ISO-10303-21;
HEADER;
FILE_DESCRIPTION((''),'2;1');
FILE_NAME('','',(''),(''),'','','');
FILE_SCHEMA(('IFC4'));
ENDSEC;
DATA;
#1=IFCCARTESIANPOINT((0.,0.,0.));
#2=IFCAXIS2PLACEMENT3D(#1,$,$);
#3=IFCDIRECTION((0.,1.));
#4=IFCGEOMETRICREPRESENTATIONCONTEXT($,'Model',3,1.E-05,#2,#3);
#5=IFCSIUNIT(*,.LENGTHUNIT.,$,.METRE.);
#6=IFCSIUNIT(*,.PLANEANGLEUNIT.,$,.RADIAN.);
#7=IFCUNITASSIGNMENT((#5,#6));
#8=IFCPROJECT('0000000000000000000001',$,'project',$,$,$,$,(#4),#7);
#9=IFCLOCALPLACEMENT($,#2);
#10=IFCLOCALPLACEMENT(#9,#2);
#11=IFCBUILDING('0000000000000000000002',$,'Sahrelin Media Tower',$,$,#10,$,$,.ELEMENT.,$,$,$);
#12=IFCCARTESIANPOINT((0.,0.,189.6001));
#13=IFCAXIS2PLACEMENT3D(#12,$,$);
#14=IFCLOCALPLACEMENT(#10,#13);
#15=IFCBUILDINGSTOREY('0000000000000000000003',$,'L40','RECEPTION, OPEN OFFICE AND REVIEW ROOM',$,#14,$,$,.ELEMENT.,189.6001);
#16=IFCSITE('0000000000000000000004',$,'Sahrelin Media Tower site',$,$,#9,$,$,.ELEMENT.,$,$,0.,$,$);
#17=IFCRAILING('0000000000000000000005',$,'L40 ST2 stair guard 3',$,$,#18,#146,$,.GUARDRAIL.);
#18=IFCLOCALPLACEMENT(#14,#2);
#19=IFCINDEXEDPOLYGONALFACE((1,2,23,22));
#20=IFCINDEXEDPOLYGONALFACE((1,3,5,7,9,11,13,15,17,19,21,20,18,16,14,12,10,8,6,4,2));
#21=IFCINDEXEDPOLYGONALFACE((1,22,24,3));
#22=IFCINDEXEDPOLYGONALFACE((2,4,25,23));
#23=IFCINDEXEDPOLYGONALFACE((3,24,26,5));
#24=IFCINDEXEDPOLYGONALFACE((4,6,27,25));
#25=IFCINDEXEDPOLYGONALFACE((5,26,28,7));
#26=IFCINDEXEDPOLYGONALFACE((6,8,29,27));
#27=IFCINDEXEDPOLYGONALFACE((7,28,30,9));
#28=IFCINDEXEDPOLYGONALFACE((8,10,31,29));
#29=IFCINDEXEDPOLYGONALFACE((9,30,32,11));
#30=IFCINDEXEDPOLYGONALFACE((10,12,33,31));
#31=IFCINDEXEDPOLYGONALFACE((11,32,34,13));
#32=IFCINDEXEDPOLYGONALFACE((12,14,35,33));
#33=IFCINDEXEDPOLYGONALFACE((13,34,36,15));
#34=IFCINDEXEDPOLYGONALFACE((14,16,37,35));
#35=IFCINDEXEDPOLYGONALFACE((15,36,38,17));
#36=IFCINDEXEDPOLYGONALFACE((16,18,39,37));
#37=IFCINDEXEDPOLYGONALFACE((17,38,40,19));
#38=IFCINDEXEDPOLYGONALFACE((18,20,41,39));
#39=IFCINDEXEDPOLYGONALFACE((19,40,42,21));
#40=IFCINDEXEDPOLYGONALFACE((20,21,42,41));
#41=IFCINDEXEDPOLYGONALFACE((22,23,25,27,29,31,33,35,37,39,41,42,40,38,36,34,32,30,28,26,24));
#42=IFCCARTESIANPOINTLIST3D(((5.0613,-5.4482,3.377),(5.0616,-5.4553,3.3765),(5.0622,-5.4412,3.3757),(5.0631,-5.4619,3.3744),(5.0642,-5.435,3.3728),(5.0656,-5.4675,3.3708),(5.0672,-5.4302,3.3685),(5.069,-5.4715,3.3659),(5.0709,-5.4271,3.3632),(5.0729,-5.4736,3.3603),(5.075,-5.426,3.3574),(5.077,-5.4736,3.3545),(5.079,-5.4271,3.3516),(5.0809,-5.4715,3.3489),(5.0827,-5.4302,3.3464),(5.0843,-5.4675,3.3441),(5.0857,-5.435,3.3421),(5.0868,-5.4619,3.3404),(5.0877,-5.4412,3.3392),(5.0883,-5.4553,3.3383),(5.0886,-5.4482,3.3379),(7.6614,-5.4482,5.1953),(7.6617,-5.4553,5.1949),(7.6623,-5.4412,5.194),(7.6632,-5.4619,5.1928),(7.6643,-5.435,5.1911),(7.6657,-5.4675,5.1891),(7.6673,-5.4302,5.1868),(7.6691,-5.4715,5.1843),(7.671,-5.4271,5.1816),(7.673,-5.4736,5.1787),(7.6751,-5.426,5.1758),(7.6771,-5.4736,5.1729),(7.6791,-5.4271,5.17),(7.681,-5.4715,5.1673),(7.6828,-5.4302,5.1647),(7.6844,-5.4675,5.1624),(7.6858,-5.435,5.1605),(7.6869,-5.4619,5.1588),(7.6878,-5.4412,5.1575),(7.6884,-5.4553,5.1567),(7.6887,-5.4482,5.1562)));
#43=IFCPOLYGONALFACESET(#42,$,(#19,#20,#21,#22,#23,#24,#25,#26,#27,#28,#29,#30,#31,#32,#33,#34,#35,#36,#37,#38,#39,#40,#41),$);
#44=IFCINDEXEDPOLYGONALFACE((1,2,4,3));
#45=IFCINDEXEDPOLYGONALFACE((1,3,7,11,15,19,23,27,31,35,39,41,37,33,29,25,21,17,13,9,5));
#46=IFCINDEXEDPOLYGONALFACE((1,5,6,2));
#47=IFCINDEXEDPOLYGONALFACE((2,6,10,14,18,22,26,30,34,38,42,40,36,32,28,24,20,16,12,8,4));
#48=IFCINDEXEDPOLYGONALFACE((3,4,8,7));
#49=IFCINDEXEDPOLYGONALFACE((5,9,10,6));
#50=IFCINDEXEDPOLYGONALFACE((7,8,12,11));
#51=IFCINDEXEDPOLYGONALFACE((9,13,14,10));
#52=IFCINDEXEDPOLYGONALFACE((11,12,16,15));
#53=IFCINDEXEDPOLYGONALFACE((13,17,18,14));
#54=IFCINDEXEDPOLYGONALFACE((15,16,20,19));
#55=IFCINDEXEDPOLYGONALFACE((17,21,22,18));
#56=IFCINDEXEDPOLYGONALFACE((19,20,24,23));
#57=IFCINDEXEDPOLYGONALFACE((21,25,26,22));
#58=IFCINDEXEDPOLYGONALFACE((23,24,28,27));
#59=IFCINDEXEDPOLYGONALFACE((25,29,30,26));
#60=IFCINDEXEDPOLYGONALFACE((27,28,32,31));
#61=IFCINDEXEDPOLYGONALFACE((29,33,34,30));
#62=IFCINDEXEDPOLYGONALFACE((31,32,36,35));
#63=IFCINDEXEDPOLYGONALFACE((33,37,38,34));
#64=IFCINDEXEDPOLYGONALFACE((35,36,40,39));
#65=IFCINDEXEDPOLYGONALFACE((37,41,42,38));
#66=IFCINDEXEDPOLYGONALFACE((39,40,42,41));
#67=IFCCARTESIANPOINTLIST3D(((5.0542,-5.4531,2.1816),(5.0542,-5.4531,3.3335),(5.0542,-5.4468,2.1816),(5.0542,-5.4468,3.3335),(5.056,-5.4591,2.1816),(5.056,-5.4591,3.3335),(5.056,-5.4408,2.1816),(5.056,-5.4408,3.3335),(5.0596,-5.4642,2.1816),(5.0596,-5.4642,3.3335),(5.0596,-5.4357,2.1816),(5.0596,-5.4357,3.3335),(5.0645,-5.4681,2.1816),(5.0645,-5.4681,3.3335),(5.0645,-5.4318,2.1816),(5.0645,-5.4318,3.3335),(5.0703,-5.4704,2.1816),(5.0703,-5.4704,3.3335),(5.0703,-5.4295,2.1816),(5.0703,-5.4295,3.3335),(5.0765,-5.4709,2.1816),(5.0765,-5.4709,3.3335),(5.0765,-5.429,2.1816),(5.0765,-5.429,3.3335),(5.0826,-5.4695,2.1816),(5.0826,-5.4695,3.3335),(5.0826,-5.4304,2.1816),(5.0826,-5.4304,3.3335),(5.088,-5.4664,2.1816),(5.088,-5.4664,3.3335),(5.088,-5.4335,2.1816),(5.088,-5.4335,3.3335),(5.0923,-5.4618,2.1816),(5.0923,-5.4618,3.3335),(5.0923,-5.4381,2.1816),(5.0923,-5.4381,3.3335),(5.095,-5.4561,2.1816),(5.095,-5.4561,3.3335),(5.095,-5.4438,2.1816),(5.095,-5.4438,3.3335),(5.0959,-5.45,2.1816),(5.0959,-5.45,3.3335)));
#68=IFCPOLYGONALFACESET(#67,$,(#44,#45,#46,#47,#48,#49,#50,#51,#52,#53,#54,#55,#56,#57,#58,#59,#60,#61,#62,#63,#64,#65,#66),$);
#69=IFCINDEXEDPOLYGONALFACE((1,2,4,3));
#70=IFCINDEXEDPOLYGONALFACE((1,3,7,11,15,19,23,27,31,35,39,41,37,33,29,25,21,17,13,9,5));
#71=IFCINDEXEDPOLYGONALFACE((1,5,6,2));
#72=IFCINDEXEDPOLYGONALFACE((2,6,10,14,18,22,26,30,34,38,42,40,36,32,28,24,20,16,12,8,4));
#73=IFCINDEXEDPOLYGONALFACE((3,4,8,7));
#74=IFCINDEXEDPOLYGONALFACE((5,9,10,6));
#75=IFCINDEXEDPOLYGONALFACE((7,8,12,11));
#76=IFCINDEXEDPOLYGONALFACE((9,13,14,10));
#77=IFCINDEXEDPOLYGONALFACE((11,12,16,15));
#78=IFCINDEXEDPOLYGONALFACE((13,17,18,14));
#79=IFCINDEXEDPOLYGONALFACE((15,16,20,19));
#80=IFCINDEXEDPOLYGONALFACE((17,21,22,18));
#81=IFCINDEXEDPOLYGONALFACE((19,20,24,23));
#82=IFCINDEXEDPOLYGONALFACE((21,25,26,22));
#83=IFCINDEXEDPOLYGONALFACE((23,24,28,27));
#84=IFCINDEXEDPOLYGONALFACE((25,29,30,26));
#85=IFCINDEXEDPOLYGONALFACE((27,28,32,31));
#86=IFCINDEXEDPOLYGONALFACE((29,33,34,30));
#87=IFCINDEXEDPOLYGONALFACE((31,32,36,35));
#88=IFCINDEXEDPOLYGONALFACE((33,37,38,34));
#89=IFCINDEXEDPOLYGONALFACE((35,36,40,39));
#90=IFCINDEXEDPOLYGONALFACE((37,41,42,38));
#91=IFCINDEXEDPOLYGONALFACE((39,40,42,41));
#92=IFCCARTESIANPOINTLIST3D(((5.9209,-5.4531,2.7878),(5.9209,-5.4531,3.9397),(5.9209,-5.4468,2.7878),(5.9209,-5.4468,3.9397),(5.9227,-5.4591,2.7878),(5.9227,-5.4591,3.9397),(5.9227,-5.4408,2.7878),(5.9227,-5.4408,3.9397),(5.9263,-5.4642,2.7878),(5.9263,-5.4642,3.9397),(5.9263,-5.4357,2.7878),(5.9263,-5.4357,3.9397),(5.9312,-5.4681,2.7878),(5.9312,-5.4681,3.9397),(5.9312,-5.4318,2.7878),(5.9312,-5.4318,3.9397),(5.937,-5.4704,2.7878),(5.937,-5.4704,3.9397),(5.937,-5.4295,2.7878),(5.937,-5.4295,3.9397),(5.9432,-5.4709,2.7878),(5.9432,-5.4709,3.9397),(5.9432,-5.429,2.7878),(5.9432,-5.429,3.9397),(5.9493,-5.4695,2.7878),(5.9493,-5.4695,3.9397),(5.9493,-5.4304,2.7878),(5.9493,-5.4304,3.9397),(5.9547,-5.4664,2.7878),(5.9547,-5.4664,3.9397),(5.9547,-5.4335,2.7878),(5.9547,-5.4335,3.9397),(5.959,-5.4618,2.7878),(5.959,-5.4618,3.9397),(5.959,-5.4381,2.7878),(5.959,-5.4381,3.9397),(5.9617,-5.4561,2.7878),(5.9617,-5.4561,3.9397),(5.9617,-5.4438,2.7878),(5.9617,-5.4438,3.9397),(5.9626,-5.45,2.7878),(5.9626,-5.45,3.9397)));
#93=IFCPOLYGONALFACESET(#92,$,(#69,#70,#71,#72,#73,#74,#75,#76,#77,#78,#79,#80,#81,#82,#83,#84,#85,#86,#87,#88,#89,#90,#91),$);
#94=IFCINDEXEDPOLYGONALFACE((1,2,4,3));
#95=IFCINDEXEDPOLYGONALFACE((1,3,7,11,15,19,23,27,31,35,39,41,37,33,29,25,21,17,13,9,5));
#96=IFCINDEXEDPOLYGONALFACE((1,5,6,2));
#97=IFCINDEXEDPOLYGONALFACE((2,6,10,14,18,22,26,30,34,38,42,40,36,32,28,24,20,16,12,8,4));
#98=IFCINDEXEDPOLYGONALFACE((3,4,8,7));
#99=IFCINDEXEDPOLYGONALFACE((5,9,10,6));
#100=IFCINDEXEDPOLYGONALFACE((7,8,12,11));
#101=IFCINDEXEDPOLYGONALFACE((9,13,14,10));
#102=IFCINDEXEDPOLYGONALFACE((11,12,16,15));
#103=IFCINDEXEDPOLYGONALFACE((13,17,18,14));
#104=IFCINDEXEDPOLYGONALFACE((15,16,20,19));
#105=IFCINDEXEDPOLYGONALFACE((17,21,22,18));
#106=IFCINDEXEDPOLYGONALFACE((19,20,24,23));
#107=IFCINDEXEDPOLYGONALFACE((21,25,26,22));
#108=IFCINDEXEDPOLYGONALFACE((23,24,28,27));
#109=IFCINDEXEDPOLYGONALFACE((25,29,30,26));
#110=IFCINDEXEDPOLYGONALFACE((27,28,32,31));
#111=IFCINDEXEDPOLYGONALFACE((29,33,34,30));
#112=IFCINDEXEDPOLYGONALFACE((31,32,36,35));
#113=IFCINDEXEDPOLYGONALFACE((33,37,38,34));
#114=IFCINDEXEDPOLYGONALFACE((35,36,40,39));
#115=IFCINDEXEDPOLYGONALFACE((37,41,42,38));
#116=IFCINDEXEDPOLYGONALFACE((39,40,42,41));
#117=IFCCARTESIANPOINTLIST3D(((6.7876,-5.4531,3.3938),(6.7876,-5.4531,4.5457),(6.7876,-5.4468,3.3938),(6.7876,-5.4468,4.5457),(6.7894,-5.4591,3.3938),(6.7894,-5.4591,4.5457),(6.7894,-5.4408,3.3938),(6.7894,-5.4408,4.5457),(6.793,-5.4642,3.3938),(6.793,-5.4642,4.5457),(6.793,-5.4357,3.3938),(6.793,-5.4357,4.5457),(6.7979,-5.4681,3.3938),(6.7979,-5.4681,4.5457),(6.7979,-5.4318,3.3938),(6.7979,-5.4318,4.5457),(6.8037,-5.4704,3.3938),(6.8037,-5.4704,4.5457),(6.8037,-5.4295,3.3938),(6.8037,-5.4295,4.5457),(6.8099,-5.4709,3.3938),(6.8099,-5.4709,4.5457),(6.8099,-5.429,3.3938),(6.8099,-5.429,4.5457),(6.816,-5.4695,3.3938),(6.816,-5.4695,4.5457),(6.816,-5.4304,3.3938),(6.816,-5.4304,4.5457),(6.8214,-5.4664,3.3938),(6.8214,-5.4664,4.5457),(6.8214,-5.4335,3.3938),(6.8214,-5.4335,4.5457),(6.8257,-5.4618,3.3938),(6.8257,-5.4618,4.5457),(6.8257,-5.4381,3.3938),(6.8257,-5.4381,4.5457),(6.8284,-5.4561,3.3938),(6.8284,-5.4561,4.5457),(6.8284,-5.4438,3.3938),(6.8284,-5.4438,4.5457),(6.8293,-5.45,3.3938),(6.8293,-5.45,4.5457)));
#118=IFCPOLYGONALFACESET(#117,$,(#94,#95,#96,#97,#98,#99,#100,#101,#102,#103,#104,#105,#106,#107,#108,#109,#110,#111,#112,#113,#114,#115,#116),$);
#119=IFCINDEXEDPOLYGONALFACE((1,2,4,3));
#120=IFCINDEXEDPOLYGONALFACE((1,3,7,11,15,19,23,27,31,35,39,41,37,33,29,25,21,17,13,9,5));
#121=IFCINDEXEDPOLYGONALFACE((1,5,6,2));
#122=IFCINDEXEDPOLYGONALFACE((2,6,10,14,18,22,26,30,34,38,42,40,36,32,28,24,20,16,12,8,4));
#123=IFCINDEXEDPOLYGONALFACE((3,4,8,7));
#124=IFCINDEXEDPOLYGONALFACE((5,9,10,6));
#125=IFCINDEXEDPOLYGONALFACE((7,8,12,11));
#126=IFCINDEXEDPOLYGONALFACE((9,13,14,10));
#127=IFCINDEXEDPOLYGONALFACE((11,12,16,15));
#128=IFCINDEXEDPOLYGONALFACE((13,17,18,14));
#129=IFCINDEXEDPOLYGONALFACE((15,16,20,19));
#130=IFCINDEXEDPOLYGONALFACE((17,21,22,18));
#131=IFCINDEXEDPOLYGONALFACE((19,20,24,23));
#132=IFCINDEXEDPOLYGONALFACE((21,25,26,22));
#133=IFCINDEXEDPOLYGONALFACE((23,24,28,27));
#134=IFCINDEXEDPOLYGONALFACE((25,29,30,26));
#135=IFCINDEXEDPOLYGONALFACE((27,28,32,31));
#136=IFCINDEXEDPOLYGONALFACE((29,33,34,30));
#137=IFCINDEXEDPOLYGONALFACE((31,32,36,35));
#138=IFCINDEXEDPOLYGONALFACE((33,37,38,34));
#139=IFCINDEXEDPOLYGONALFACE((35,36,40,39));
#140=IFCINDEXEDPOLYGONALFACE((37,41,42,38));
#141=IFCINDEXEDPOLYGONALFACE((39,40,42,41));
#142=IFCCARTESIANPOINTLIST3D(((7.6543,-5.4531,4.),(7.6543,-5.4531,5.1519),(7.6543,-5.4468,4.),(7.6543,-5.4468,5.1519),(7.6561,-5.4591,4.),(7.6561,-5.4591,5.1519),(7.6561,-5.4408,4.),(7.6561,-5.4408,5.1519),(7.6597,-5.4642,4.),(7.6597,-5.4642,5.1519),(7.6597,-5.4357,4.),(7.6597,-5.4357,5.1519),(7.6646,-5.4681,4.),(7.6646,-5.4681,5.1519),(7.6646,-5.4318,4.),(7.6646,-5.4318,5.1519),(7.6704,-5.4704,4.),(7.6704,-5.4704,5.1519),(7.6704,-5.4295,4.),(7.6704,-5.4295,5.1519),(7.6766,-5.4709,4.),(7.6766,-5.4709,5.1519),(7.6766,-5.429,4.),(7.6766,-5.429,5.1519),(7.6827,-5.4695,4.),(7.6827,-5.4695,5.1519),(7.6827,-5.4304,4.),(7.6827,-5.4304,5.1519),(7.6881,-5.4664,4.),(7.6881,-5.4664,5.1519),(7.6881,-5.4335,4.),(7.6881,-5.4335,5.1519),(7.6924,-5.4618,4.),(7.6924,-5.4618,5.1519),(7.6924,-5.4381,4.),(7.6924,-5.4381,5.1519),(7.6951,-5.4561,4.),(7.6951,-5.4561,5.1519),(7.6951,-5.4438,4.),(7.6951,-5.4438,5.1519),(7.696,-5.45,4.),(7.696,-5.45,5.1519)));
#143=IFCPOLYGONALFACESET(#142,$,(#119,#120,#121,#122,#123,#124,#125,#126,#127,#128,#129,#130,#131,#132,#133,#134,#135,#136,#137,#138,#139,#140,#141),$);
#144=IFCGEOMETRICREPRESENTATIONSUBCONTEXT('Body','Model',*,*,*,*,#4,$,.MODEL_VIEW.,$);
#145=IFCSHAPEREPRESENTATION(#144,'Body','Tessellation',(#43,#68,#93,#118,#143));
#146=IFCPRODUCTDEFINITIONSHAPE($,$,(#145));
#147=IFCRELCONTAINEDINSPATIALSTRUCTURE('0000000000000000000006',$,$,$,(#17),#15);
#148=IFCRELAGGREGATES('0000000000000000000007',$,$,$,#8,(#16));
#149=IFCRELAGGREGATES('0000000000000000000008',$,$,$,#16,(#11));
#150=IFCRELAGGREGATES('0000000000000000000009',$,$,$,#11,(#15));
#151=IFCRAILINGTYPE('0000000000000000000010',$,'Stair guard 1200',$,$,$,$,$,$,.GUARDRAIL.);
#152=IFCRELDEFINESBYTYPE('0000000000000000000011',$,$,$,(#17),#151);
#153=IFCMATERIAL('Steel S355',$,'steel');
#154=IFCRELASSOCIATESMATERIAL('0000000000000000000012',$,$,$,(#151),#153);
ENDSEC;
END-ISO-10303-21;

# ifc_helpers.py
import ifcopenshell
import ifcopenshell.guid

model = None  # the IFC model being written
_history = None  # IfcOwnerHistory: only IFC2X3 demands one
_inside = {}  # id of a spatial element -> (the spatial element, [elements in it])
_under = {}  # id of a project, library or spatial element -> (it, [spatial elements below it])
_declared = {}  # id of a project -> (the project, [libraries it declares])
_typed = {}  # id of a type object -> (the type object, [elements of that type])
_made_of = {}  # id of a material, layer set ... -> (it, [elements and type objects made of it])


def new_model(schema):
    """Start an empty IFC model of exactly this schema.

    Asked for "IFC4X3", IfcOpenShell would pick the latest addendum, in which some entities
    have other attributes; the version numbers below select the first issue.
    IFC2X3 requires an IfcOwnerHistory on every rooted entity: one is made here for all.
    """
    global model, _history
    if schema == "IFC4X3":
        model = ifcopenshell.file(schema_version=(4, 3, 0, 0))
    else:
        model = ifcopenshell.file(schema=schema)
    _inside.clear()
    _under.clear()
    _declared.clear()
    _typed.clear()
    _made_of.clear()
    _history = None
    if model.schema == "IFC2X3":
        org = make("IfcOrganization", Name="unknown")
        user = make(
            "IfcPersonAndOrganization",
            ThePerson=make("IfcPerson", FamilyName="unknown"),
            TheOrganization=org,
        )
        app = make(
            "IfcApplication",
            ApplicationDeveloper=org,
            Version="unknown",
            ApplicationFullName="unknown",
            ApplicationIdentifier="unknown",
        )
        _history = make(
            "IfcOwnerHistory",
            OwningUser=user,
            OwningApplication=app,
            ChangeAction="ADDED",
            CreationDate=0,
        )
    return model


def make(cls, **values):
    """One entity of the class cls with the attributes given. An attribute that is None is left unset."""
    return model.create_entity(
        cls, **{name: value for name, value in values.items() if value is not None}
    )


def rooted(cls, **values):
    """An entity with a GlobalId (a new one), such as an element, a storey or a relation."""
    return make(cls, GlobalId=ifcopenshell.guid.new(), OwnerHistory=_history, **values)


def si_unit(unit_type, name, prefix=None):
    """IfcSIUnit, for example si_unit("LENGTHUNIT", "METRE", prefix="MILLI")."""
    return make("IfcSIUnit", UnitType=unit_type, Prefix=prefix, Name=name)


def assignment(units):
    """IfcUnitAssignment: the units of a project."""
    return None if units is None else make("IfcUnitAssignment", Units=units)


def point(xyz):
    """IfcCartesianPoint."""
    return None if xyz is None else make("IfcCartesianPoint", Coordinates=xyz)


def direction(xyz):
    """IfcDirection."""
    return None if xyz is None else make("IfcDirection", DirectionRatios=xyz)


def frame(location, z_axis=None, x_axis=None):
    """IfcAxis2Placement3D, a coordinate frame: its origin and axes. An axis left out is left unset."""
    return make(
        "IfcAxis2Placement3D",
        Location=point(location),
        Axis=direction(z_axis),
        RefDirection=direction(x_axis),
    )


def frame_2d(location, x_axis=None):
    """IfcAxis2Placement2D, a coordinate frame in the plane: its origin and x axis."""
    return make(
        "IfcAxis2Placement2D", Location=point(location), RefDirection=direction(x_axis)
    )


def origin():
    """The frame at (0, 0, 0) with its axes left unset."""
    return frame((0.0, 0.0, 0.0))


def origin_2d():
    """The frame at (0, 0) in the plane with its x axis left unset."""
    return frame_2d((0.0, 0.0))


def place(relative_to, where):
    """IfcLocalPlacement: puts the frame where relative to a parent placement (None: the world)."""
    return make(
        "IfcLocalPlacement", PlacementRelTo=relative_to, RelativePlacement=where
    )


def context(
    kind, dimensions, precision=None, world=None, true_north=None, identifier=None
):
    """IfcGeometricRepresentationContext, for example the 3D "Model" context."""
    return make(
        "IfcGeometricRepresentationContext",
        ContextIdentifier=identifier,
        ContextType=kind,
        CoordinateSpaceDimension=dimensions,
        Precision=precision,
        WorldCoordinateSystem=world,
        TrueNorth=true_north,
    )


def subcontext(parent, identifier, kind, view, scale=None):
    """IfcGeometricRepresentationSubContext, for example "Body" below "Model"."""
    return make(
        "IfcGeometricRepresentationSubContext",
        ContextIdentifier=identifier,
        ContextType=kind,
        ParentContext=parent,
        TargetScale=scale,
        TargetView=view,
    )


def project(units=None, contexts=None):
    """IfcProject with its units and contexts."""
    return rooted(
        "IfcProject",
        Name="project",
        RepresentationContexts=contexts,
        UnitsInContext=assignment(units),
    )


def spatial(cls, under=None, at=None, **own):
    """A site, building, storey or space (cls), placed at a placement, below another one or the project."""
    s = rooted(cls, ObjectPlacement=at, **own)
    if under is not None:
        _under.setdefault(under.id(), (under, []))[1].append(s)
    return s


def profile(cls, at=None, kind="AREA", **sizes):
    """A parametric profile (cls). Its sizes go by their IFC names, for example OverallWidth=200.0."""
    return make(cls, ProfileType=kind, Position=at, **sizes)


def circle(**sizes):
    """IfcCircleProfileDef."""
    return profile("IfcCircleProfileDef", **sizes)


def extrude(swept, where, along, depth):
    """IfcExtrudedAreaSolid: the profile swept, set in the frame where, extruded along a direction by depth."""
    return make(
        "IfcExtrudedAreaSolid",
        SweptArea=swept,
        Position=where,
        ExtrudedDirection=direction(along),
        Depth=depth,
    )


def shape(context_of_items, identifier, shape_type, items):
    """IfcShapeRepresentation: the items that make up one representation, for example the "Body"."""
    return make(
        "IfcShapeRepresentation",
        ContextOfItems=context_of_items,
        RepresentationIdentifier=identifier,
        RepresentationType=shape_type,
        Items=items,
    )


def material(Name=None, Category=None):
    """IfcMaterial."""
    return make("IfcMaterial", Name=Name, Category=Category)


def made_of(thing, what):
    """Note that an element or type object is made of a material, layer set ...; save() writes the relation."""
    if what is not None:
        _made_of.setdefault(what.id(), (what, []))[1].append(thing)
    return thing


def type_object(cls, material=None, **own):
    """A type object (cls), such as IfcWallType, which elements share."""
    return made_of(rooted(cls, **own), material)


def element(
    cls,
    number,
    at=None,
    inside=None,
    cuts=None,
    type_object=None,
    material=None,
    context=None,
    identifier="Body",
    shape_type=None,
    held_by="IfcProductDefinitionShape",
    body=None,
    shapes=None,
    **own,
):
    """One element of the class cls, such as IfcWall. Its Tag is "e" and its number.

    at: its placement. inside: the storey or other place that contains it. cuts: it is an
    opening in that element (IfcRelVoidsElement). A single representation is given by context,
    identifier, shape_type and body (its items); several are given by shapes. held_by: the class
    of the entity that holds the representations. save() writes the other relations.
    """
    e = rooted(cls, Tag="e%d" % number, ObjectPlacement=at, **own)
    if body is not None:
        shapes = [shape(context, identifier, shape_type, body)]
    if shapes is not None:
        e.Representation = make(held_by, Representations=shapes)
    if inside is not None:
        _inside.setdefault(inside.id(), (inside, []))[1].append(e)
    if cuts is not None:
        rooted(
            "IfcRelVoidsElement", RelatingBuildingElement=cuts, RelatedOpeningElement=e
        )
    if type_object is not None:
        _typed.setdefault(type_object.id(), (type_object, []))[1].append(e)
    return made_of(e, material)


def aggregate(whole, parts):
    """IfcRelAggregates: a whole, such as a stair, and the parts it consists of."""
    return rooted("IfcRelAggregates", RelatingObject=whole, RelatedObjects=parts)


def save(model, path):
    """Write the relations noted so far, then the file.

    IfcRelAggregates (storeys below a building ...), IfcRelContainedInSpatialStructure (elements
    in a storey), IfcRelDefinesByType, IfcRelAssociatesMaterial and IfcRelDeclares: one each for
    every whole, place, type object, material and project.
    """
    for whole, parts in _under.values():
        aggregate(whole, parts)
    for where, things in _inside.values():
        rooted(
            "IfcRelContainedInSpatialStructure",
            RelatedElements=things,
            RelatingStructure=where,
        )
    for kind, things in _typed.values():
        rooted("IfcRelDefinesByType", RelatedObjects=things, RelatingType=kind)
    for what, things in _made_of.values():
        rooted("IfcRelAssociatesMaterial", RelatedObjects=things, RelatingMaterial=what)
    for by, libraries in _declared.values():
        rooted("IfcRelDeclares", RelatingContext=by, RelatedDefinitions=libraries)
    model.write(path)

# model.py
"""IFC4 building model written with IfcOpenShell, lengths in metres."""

from ifc_helpers import new_model, si_unit, direction, frame, origin, origin_2d, place, context, subcontext, project, spatial, circle, extrude, material, type_object, element, save


model = new_model("IFC4")

# Units and contexts
model_context = context("Model", 3, precision=1e-05, world=origin(), true_north=direction((0.0, 1.0)))
body_context = subcontext(model_context, "Body", "Model", "MODEL_VIEW")
ifc_project = project(units=[si_unit("LENGTHUNIT", "METRE"), si_unit("PLANEANGLEUNIT", "RADIAN")], contexts=[model_context])

# Site, building, storey
site_placement = place(None, origin())
site = spatial("IfcSite", under=ifc_project, at=site_placement, Name="Sahrelin Media Tower site", CompositionType="ELEMENT", RefElevation=0.0)
building_placement = place(site_placement, origin())
building = spatial("IfcBuilding", under=site, at=building_placement, Name="Sahrelin Media Tower", CompositionType="ELEMENT")
storey_placement = place(building_placement, frame((0.0, 0.0, 189.6001)))
storey = spatial("IfcBuildingStorey", under=building, at=storey_placement, Name="L40", Description="RECEPTION, OPEN OFFICE AND REVIEW ROOM", CompositionType="ELEMENT", Elevation=189.6001)

# Shared definitions
ifc_material_1 = material(Name="Steel S355", Category="steel")

# Railing
railing_type_1 = type_object("IfcRailingType", Name="Stair guard 1200", PredefinedType="GUARDRAIL", material=ifc_material_1)
railing_1_placement = place(storey_placement, frame((5.075, -5.45, 2.1816)))
element("IfcRailing", 1, at=railing_1_placement, inside=storey, type_object=railing_type_1, Name="L40 ST2 stair guard 3", PredefinedType="GUARDRAIL", context=body_context, shape_type="SweptSolid", body=[
    extrude(circle(Radius=0.0239, at=origin_2d()), frame((0.0, 0.0, 1.1758), z_axis=(0.819485, 0.0, 0.573101), x_axis=(0.0, 1.0, 0.0)), (0.0, 0.0, 1.0), 3.1729),
    extrude(circle(Radius=0.021, at=origin_2d()), origin(), (0.0, 0.0, 1.0), 1.1519),
    extrude(circle(Radius=0.021, at=origin_2d()), frame((0.8667, 0.0, 0.6062)), (0.0, 0.0, 1.0), 1.1519),
    extrude(circle(Radius=0.021, at=origin_2d()), frame((1.7334, 0.0, 1.2122)), (0.0, 0.0, 1.0), 1.1519),
    extrude(circle(Radius=0.021, at=origin_2d()), frame((2.6001, 0.0, 1.8184)), (0.0, 0.0, 1.0), 1.1519),
])

save(model, "model.ifc")
